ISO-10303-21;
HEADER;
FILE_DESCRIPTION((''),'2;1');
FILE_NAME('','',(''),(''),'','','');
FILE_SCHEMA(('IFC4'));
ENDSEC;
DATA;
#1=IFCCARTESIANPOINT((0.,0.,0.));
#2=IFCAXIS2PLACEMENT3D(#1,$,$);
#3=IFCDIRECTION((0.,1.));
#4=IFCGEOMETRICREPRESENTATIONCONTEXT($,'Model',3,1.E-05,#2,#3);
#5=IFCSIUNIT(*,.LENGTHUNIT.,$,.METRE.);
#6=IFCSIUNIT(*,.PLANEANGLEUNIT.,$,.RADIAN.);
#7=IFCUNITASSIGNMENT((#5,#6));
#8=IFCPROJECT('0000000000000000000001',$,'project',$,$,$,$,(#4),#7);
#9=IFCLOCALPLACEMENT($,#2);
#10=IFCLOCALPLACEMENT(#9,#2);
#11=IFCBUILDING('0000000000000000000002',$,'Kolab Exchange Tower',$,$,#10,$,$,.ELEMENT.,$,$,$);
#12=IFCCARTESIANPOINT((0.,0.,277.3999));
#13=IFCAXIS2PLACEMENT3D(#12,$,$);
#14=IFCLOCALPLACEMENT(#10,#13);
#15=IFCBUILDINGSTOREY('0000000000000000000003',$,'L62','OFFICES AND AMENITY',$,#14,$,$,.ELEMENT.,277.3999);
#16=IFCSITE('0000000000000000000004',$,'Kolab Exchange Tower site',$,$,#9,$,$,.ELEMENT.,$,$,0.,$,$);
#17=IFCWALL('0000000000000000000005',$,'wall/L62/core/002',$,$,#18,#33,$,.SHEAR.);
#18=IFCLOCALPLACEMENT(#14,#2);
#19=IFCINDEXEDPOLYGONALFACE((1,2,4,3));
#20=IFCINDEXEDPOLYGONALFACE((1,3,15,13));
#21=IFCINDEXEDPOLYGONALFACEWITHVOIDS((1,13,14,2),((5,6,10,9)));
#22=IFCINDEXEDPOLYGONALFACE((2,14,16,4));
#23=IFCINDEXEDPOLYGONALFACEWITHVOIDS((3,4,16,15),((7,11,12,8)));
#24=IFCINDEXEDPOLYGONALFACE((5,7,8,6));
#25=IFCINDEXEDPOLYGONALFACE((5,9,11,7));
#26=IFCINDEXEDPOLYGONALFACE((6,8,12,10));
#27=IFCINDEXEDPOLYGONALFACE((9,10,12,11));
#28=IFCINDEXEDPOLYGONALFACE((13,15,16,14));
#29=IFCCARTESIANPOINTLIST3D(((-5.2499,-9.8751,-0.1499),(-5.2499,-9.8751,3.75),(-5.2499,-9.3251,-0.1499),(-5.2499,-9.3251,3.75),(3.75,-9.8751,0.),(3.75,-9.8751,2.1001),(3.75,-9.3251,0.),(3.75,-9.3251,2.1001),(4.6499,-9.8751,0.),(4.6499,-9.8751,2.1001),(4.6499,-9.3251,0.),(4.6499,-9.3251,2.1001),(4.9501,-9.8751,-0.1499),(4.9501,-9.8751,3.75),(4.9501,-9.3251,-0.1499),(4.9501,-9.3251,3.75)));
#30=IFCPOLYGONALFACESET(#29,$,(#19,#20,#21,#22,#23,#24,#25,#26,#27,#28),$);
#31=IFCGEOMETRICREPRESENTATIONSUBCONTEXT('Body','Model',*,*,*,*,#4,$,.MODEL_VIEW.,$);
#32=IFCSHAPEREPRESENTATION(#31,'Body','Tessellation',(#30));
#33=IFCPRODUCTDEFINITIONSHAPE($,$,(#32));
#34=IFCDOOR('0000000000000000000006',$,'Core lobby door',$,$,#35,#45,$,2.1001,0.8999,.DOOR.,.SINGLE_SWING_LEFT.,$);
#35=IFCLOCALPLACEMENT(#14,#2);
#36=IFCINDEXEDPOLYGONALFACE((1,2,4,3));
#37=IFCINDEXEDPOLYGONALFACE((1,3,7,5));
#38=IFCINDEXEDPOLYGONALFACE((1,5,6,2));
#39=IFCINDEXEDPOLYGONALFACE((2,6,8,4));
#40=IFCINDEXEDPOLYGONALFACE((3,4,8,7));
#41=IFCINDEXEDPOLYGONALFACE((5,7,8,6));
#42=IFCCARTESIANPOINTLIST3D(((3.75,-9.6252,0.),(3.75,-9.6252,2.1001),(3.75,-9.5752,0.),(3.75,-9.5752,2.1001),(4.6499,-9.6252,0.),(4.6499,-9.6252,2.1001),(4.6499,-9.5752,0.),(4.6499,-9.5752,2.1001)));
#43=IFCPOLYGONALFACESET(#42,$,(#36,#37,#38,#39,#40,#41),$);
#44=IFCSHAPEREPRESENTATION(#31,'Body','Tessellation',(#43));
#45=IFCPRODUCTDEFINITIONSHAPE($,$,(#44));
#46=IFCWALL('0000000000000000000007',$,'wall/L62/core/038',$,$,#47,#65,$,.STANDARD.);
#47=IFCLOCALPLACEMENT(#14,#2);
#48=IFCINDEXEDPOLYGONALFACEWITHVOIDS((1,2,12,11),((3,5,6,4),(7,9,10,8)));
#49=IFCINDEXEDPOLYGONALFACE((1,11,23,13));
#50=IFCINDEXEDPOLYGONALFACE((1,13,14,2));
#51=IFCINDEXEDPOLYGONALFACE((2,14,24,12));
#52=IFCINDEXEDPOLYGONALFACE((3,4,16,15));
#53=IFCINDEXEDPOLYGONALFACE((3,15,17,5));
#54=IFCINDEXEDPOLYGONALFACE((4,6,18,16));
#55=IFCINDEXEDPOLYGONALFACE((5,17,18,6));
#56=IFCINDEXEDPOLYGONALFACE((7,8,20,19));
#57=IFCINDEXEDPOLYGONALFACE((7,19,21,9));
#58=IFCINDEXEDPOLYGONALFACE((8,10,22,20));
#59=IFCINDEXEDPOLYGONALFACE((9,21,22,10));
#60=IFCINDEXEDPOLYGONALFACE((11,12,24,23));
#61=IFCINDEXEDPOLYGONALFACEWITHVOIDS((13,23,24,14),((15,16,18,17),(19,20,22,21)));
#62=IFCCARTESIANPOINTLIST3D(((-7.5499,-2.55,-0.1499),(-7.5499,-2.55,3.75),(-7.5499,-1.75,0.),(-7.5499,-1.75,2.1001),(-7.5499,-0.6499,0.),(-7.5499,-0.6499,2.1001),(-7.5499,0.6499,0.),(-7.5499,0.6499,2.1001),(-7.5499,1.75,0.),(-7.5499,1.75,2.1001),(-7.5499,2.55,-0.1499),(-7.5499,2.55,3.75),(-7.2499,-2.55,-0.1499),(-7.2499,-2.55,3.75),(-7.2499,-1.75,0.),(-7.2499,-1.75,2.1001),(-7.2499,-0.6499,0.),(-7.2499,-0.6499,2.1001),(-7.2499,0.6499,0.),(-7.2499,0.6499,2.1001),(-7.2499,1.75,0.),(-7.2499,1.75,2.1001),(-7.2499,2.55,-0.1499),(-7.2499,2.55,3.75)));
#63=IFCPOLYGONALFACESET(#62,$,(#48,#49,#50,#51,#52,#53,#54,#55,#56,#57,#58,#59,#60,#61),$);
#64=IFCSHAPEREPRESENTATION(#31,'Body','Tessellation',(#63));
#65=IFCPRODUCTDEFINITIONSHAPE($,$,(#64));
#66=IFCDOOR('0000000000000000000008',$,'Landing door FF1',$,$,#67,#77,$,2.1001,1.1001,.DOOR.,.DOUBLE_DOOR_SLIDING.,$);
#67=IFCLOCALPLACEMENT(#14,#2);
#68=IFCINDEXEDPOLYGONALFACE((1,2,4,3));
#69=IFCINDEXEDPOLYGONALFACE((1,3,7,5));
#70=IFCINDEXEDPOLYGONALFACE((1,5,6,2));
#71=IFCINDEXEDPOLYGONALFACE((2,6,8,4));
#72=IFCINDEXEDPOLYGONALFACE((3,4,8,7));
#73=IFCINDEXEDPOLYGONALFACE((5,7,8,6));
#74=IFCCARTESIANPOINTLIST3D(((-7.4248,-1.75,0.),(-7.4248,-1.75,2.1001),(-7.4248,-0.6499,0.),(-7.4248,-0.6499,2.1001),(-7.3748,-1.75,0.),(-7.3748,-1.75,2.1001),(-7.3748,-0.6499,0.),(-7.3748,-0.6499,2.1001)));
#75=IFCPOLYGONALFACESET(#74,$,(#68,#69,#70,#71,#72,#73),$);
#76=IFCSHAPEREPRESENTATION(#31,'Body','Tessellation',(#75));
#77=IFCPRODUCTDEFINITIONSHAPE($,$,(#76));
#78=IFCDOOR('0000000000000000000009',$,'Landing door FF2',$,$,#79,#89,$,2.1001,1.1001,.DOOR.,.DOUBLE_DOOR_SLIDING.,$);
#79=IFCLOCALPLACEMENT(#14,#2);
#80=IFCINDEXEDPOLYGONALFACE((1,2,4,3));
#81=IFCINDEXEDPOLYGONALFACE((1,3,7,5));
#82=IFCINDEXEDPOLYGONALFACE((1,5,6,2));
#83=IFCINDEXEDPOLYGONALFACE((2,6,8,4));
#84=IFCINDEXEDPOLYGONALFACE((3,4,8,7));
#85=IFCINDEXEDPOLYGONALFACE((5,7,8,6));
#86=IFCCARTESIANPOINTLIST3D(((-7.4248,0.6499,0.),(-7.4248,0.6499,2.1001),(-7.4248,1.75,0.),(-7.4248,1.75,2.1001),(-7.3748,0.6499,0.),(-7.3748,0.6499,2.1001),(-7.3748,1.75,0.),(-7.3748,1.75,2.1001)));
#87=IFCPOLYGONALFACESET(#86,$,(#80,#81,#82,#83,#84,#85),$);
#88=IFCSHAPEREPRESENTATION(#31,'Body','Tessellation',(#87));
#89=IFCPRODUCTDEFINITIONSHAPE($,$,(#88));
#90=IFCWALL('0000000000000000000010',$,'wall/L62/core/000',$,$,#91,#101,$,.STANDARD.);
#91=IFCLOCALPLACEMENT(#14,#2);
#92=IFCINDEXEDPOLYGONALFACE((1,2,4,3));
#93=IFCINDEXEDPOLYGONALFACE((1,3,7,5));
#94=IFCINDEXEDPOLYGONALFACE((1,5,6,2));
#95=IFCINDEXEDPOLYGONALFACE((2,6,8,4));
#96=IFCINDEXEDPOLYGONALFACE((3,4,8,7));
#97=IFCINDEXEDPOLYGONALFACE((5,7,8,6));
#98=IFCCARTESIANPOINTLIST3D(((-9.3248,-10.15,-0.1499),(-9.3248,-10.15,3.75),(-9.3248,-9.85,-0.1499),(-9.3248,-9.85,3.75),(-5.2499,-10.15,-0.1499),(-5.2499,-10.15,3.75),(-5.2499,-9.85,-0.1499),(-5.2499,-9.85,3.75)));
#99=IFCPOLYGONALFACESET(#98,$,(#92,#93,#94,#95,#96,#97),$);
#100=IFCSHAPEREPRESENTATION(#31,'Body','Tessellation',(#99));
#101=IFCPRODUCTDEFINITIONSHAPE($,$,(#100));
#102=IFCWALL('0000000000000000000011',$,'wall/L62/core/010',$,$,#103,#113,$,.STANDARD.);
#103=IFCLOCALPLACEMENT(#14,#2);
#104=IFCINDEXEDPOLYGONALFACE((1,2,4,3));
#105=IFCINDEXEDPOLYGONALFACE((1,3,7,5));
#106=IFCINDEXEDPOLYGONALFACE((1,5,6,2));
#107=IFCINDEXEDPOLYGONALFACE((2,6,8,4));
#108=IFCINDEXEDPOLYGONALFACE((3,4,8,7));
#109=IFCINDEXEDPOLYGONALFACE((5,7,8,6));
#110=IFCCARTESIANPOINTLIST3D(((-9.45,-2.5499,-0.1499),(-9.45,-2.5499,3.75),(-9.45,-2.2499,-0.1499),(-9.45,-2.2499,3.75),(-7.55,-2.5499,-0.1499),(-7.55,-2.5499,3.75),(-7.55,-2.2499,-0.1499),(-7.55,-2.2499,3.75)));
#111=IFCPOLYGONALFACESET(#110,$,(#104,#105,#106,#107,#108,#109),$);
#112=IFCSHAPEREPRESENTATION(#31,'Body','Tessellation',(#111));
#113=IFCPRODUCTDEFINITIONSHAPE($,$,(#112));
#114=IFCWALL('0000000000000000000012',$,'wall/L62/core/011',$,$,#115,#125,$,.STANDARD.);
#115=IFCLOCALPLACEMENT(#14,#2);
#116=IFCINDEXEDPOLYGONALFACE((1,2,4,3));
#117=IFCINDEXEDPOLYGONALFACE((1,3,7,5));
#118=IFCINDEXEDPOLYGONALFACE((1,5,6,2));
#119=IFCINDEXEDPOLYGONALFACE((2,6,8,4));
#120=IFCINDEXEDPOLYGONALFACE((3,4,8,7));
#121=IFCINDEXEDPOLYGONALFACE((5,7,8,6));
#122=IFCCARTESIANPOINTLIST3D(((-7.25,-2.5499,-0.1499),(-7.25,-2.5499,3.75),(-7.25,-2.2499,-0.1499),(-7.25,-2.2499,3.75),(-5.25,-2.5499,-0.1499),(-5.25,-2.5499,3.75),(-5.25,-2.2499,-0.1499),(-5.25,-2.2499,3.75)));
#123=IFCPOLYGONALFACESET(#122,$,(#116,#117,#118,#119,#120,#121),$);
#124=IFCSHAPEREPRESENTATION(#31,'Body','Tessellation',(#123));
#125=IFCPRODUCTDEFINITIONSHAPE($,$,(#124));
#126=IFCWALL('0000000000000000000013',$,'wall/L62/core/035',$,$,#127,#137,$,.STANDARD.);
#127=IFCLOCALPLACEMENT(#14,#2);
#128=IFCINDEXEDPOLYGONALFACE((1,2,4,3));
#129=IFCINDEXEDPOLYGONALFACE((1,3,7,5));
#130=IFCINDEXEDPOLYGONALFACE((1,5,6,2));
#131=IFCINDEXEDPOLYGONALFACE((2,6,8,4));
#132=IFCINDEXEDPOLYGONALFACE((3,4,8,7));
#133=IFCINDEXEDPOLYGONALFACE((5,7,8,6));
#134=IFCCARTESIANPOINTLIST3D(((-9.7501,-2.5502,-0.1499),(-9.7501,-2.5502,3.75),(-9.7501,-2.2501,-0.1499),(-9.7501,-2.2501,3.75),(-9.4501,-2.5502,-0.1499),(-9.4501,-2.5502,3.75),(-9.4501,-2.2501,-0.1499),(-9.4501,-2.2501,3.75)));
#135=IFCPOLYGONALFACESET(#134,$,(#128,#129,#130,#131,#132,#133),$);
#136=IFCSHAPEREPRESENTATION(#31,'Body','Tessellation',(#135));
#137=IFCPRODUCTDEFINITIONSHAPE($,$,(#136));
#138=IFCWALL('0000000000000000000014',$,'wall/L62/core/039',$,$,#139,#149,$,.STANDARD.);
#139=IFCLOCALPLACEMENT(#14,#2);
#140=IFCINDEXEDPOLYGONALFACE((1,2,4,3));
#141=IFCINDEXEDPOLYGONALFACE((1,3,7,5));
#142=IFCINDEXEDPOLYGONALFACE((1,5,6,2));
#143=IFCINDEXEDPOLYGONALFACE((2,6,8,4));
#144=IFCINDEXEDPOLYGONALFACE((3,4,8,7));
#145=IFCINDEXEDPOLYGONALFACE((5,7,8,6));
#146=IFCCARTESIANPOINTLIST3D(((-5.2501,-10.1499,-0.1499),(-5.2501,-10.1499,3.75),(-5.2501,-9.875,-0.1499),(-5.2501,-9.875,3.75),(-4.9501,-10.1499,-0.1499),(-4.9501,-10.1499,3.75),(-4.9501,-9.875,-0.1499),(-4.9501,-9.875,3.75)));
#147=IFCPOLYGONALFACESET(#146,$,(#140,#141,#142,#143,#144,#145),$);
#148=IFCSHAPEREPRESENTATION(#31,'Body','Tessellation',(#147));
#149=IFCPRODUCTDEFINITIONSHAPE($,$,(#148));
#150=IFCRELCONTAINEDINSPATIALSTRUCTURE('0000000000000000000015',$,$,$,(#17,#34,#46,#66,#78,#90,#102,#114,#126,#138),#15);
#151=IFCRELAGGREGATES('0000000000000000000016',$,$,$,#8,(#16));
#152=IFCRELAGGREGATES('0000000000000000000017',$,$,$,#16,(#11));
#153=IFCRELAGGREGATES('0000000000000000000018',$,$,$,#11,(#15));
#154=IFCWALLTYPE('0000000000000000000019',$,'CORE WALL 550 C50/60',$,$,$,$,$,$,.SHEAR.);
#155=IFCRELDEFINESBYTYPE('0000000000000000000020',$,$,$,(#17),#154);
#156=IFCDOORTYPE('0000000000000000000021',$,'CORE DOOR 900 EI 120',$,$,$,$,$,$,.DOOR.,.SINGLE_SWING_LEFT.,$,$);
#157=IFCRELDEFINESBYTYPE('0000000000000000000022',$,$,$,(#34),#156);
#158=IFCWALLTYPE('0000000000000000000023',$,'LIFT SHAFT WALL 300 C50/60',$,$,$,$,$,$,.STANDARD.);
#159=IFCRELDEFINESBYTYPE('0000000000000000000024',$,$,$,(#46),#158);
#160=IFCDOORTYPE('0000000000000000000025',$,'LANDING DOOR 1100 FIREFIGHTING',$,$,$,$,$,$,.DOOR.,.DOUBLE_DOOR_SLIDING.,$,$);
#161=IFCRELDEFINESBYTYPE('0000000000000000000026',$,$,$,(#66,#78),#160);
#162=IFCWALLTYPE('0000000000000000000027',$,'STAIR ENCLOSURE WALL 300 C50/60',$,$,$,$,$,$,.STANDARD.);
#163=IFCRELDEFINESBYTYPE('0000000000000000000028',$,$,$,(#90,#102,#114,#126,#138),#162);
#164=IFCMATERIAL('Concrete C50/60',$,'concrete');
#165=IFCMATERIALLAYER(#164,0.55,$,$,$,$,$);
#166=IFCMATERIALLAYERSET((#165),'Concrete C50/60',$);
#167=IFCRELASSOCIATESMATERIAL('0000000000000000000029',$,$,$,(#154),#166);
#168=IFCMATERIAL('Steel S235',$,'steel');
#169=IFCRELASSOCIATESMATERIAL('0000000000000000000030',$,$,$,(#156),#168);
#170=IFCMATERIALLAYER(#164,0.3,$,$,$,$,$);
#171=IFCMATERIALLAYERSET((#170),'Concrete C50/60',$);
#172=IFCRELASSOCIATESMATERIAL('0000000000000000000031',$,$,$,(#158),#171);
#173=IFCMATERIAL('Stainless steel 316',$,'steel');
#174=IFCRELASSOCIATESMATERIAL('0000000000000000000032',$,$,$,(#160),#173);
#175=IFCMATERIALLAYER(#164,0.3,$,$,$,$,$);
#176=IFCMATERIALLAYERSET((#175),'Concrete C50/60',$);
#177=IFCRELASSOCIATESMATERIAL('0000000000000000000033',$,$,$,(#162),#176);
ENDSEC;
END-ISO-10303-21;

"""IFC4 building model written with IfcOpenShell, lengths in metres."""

from ifc_helpers import new_model, si_unit, direction, frame, frame_2d, origin, place, context, subcontext, project, spatial, rectangle, extrude, material, layer, layer_set, type_object, element, fill, save


model = new_model("IFC4")

# Units and contexts
model_context = context("Model", 3, precision=1e-05, world=origin(), true_north=direction((0.0, 1.0)))
body_context = subcontext(model_context, "Body", "Model", "MODEL_VIEW")
ifc_project = project(units=[si_unit("LENGTHUNIT", "METRE"), si_unit("PLANEANGLEUNIT", "RADIAN")], contexts=[model_context])

# Site, building, storey
site_placement = place(None, origin())
site = spatial("IfcSite", under=ifc_project, at=site_placement, Name="Kolab Exchange Tower site", CompositionType="ELEMENT", RefElevation=0.0)
building_placement = place(site_placement, origin())
building = spatial("IfcBuilding", under=site, at=building_placement, Name="Kolab Exchange Tower", CompositionType="ELEMENT")
storey_placement = place(building_placement, frame((0.0, 0.0, 277.3999)))
storey = spatial("IfcBuildingStorey", under=building, at=storey_placement, Name="L62", Description="OFFICES AND AMENITY", CompositionType="ELEMENT", Elevation=277.3999)

# Wall, opening, door
ifc_material_1 = material(Name="Concrete C50/60", Category="concrete")
ifc_layer_1 = layer(ifc_material_1, 0.55)
ifc_layer_set_1 = layer_set([ifc_layer_1], Name="Concrete C50/60")
wall_type_1 = type_object("IfcWallType", Name="CORE WALL 550 C50/60", PredefinedType="SHEAR", material=ifc_layer_set_1)
wall_1_placement = place(storey_placement, frame((-5.25, -9.6001, -0.1499), z_axis=(0.0, 0.0, 1.0), x_axis=(1.0, 0.0, 0.0)))
wall_1 = element("IfcWall", 1, at=wall_1_placement, inside=storey, type_object=wall_type_1, Name="wall/L62/core/002", PredefinedType="SHEAR", context=body_context, shape_type="SweptSolid", body=[
    extrude(rectangle(XDim=10.2, YDim=0.55, at=frame_2d((5.1001, 0.0))), origin(), (0.0, 0.0, 1.0), 3.8999),
])
opening_1_placement = place(wall_1_placement, frame((9.0, 0.0, 0.1499)))
opening_1 = element("IfcOpeningElement", 2, at=opening_1_placement, cuts=wall_1, PredefinedType="OPENING", context=body_context, shape_type="SweptSolid", body=[
    extrude(rectangle(XDim=0.8999, YDim=2.1001, at=frame_2d((0.45, 1.05))), frame((0.0, 0.2852, 0.0), z_axis=(0.0, -1.0, 0.0), x_axis=(1.0, 0.0, 0.0)), (0.0, 0.0, 1.0), 0.5701),
])
ifc_material_2 = material(Name="Steel S235", Category="steel")
door_type_1 = type_object("IfcDoorType", Name="CORE DOOR 900 EI 120", OperationType="SINGLE_SWING_LEFT", PredefinedType="DOOR", material=ifc_material_2)
door_1_placement = place(opening_1_placement, origin())
door_1 = element("IfcDoor", 3, at=door_1_placement, inside=storey, type_object=door_type_1, Name="Core lobby door", OperationType="SINGLE_SWING_LEFT", OverallHeight=2.1001, OverallWidth=0.8999, PredefinedType="DOOR", context=body_context, shape_type="SweptSolid", body=[
    extrude(rectangle(XDim=0.8999, YDim=2.1001, at=frame_2d((0.45, 1.05))), frame((0.0, 0.0249, 0.0), z_axis=(0.0, -1.0, 0.0), x_axis=(1.0, 0.0, 0.0)), (0.0, 0.0, 1.0), 0.05),
])
fill(opening_1, door_1)

# Wall, openings, doors
ifc_layer_2 = layer(ifc_material_1, 0.3)
ifc_layer_set_2 = layer_set([ifc_layer_2], Name="Concrete C50/60")
wall_type_2 = type_object("IfcWallType", Name="LIFT SHAFT WALL 300 C50/60", PredefinedType="STANDARD", material=ifc_layer_set_2)
wall_2_placement = place(storey_placement, frame((-7.3999, -2.55, -0.1499), z_axis=(0.0, 0.0, 1.0), x_axis=(0.0, 1.0, 0.0)))
wall_2 = element("IfcWall", 4, at=wall_2_placement, inside=storey, type_object=wall_type_2, Name="wall/L62/core/038", PredefinedType="STANDARD", context=body_context, shape_type="SweptSolid", body=[
    extrude(rectangle(XDim=5.1001, YDim=0.3, at=frame_2d((2.55, 0.0))), origin(), (0.0, 0.0, 1.0), 3.8999),
])
opening_2_placement = place(wall_2_placement, frame((0.8, 0.0, 0.1499)))
opening_2 = element("IfcOpeningElement", 5, at=opening_2_placement, cuts=wall_2, PredefinedType="OPENING", context=body_context, shape_type="SweptSolid", body=[
    extrude(rectangle(XDim=1.1001, YDim=2.1001, at=frame_2d((0.55, 1.05))), frame((0.0, 0.1602, 0.0), z_axis=(0.0, -1.0, 0.0), x_axis=(1.0, 0.0, 0.0)), (0.0, 0.0, 1.0), 0.3201),
])
opening_3_placement = place(wall_2_placement, frame((3.2, 0.0, 0.1499)))
opening_3 = element("IfcOpeningElement", 6, at=opening_3_placement, cuts=wall_2, PredefinedType="OPENING", context=body_context, shape_type="SweptSolid", body=[
    extrude(rectangle(XDim=1.1001, YDim=2.1001, at=frame_2d((0.55, 1.05))), frame((0.0, 0.1602, 0.0), z_axis=(0.0, -1.0, 0.0), x_axis=(1.0, 0.0, 0.0)), (0.0, 0.0, 1.0), 0.3201),
])
ifc_material_3 = material(Name="Stainless steel 316", Category="steel")
door_type_2 = type_object("IfcDoorType", Name="LANDING DOOR 1100 FIREFIGHTING", OperationType="DOUBLE_DOOR_SLIDING", PredefinedType="DOOR", material=ifc_material_3)
door_2_placement = place(opening_2_placement, origin())
door_2 = element("IfcDoor", 7, at=door_2_placement, inside=storey, type_object=door_type_2, Name="Landing door FF1", OperationType="DOUBLE_DOOR_SLIDING", OverallHeight=2.1001, OverallWidth=1.1001, PredefinedType="DOOR", context=body_context, shape_type="SweptSolid", body=[
    extrude(rectangle(XDim=1.1001, YDim=2.1001, at=frame_2d((0.55, 1.05))), frame((0.0, 0.0249, 0.0), z_axis=(0.0, -1.0, 0.0), x_axis=(1.0, 0.0, 0.0)), (0.0, 0.0, 1.0), 0.05),
])
fill(opening_2, door_2)
door_3_placement = place(opening_3_placement, origin())
door_3 = element("IfcDoor", 8, at=door_3_placement, inside=storey, type_object=door_type_2, Name="Landing door FF2", OperationType="DOUBLE_DOOR_SLIDING", OverallHeight=2.1001, OverallWidth=1.1001, PredefinedType="DOOR", context=body_context, shape_type="SweptSolid", body=[
    extrude(rectangle(XDim=1.1001, YDim=2.1001, at=frame_2d((0.55, 1.05))), frame((0.0, 0.0249, 0.0), z_axis=(0.0, -1.0, 0.0), x_axis=(1.0, 0.0, 0.0)), (0.0, 0.0, 1.0), 0.05),
])
fill(opening_3, door_3)

# Walls
ifc_layer_3 = layer(ifc_material_1, 0.3)
ifc_layer_set_3 = layer_set([ifc_layer_3], Name="Concrete C50/60")
wall_type_3 = type_object("IfcWallType", Name="STAIR ENCLOSURE WALL 300 C50/60", PredefinedType="STANDARD", material=ifc_layer_set_3)
wall_3_placement = place(storey_placement, frame((-9.325, -10.0, -0.1499), z_axis=(0.0, 0.0, 1.0), x_axis=(1.0, 0.0, 0.0)))
element("IfcWall", 9, at=wall_3_placement, inside=storey, type_object=wall_type_3, Name="wall/L62/core/000", PredefinedType="STANDARD", context=body_context, shape_type="SweptSolid", body=[
    extrude(rectangle(XDim=4.075, YDim=0.3, at=frame_2d((2.0376, 0.0))), origin(), (0.0, 0.0, 1.0), 3.8999),
])
wall_4_placement = place(storey_placement, frame((-9.45, -2.3999, -0.1499), z_axis=(0.0, 0.0, 1.0), x_axis=(1.0, 0.0, 0.0)))
element("IfcWall", 10, at=wall_4_placement, inside=storey, type_object=wall_type_3, Name="wall/L62/core/010", PredefinedType="STANDARD", context=body_context, shape_type="SweptSolid", body=[
    extrude(rectangle(XDim=1.8999, YDim=0.3, at=frame_2d((0.95, 0.0))), origin(), (0.0, 0.0, 1.0), 3.8999),
])
wall_5_placement = place(storey_placement, frame((-7.25, -2.3999, -0.1499), z_axis=(0.0, 0.0, 1.0), x_axis=(1.0, 0.0, 0.0)))
element("IfcWall", 11, at=wall_5_placement, inside=storey, type_object=wall_type_3, Name="wall/L62/core/011", PredefinedType="STANDARD", context=body_context, shape_type="SweptSolid", body=[
    extrude(rectangle(XDim=2.0, YDim=0.3, at=frame_2d((1.0, 0.0))), origin(), (0.0, 0.0, 1.0), 3.8999),
])
wall_6_placement = place(storey_placement, frame((-9.6001, -2.55, -0.1499), z_axis=(0.0, 0.0, 1.0), x_axis=(0.0, 1.0, 0.0)))
element("IfcWall", 12, at=wall_6_placement, inside=storey, type_object=wall_type_3, Name="wall/L62/core/035", PredefinedType="STANDARD", context=body_context, shape_type="SweptSolid", body=[
    extrude(rectangle(XDim=0.3, YDim=0.3, at=frame_2d((0.1499, 0.0))), origin(), (0.0, 0.0, 1.0), 3.8999),
])
wall_7_placement = place(storey_placement, frame((-5.1001, -10.1499, -0.1499), z_axis=(0.0, 0.0, 1.0), x_axis=(0.0, 1.0, 0.0)))
element("IfcWall", 13, at=wall_7_placement, inside=storey, type_object=wall_type_3, Name="wall/L62/core/039", PredefinedType="STANDARD", context=body_context, shape_type="SweptSolid", body=[
    extrude(rectangle(XDim=0.2749, YDim=0.3, at=frame_2d((0.1375, 0.0))), origin(), (0.0, 0.0, 1.0), 3.8999),
])

save(model, "model.ifc")
